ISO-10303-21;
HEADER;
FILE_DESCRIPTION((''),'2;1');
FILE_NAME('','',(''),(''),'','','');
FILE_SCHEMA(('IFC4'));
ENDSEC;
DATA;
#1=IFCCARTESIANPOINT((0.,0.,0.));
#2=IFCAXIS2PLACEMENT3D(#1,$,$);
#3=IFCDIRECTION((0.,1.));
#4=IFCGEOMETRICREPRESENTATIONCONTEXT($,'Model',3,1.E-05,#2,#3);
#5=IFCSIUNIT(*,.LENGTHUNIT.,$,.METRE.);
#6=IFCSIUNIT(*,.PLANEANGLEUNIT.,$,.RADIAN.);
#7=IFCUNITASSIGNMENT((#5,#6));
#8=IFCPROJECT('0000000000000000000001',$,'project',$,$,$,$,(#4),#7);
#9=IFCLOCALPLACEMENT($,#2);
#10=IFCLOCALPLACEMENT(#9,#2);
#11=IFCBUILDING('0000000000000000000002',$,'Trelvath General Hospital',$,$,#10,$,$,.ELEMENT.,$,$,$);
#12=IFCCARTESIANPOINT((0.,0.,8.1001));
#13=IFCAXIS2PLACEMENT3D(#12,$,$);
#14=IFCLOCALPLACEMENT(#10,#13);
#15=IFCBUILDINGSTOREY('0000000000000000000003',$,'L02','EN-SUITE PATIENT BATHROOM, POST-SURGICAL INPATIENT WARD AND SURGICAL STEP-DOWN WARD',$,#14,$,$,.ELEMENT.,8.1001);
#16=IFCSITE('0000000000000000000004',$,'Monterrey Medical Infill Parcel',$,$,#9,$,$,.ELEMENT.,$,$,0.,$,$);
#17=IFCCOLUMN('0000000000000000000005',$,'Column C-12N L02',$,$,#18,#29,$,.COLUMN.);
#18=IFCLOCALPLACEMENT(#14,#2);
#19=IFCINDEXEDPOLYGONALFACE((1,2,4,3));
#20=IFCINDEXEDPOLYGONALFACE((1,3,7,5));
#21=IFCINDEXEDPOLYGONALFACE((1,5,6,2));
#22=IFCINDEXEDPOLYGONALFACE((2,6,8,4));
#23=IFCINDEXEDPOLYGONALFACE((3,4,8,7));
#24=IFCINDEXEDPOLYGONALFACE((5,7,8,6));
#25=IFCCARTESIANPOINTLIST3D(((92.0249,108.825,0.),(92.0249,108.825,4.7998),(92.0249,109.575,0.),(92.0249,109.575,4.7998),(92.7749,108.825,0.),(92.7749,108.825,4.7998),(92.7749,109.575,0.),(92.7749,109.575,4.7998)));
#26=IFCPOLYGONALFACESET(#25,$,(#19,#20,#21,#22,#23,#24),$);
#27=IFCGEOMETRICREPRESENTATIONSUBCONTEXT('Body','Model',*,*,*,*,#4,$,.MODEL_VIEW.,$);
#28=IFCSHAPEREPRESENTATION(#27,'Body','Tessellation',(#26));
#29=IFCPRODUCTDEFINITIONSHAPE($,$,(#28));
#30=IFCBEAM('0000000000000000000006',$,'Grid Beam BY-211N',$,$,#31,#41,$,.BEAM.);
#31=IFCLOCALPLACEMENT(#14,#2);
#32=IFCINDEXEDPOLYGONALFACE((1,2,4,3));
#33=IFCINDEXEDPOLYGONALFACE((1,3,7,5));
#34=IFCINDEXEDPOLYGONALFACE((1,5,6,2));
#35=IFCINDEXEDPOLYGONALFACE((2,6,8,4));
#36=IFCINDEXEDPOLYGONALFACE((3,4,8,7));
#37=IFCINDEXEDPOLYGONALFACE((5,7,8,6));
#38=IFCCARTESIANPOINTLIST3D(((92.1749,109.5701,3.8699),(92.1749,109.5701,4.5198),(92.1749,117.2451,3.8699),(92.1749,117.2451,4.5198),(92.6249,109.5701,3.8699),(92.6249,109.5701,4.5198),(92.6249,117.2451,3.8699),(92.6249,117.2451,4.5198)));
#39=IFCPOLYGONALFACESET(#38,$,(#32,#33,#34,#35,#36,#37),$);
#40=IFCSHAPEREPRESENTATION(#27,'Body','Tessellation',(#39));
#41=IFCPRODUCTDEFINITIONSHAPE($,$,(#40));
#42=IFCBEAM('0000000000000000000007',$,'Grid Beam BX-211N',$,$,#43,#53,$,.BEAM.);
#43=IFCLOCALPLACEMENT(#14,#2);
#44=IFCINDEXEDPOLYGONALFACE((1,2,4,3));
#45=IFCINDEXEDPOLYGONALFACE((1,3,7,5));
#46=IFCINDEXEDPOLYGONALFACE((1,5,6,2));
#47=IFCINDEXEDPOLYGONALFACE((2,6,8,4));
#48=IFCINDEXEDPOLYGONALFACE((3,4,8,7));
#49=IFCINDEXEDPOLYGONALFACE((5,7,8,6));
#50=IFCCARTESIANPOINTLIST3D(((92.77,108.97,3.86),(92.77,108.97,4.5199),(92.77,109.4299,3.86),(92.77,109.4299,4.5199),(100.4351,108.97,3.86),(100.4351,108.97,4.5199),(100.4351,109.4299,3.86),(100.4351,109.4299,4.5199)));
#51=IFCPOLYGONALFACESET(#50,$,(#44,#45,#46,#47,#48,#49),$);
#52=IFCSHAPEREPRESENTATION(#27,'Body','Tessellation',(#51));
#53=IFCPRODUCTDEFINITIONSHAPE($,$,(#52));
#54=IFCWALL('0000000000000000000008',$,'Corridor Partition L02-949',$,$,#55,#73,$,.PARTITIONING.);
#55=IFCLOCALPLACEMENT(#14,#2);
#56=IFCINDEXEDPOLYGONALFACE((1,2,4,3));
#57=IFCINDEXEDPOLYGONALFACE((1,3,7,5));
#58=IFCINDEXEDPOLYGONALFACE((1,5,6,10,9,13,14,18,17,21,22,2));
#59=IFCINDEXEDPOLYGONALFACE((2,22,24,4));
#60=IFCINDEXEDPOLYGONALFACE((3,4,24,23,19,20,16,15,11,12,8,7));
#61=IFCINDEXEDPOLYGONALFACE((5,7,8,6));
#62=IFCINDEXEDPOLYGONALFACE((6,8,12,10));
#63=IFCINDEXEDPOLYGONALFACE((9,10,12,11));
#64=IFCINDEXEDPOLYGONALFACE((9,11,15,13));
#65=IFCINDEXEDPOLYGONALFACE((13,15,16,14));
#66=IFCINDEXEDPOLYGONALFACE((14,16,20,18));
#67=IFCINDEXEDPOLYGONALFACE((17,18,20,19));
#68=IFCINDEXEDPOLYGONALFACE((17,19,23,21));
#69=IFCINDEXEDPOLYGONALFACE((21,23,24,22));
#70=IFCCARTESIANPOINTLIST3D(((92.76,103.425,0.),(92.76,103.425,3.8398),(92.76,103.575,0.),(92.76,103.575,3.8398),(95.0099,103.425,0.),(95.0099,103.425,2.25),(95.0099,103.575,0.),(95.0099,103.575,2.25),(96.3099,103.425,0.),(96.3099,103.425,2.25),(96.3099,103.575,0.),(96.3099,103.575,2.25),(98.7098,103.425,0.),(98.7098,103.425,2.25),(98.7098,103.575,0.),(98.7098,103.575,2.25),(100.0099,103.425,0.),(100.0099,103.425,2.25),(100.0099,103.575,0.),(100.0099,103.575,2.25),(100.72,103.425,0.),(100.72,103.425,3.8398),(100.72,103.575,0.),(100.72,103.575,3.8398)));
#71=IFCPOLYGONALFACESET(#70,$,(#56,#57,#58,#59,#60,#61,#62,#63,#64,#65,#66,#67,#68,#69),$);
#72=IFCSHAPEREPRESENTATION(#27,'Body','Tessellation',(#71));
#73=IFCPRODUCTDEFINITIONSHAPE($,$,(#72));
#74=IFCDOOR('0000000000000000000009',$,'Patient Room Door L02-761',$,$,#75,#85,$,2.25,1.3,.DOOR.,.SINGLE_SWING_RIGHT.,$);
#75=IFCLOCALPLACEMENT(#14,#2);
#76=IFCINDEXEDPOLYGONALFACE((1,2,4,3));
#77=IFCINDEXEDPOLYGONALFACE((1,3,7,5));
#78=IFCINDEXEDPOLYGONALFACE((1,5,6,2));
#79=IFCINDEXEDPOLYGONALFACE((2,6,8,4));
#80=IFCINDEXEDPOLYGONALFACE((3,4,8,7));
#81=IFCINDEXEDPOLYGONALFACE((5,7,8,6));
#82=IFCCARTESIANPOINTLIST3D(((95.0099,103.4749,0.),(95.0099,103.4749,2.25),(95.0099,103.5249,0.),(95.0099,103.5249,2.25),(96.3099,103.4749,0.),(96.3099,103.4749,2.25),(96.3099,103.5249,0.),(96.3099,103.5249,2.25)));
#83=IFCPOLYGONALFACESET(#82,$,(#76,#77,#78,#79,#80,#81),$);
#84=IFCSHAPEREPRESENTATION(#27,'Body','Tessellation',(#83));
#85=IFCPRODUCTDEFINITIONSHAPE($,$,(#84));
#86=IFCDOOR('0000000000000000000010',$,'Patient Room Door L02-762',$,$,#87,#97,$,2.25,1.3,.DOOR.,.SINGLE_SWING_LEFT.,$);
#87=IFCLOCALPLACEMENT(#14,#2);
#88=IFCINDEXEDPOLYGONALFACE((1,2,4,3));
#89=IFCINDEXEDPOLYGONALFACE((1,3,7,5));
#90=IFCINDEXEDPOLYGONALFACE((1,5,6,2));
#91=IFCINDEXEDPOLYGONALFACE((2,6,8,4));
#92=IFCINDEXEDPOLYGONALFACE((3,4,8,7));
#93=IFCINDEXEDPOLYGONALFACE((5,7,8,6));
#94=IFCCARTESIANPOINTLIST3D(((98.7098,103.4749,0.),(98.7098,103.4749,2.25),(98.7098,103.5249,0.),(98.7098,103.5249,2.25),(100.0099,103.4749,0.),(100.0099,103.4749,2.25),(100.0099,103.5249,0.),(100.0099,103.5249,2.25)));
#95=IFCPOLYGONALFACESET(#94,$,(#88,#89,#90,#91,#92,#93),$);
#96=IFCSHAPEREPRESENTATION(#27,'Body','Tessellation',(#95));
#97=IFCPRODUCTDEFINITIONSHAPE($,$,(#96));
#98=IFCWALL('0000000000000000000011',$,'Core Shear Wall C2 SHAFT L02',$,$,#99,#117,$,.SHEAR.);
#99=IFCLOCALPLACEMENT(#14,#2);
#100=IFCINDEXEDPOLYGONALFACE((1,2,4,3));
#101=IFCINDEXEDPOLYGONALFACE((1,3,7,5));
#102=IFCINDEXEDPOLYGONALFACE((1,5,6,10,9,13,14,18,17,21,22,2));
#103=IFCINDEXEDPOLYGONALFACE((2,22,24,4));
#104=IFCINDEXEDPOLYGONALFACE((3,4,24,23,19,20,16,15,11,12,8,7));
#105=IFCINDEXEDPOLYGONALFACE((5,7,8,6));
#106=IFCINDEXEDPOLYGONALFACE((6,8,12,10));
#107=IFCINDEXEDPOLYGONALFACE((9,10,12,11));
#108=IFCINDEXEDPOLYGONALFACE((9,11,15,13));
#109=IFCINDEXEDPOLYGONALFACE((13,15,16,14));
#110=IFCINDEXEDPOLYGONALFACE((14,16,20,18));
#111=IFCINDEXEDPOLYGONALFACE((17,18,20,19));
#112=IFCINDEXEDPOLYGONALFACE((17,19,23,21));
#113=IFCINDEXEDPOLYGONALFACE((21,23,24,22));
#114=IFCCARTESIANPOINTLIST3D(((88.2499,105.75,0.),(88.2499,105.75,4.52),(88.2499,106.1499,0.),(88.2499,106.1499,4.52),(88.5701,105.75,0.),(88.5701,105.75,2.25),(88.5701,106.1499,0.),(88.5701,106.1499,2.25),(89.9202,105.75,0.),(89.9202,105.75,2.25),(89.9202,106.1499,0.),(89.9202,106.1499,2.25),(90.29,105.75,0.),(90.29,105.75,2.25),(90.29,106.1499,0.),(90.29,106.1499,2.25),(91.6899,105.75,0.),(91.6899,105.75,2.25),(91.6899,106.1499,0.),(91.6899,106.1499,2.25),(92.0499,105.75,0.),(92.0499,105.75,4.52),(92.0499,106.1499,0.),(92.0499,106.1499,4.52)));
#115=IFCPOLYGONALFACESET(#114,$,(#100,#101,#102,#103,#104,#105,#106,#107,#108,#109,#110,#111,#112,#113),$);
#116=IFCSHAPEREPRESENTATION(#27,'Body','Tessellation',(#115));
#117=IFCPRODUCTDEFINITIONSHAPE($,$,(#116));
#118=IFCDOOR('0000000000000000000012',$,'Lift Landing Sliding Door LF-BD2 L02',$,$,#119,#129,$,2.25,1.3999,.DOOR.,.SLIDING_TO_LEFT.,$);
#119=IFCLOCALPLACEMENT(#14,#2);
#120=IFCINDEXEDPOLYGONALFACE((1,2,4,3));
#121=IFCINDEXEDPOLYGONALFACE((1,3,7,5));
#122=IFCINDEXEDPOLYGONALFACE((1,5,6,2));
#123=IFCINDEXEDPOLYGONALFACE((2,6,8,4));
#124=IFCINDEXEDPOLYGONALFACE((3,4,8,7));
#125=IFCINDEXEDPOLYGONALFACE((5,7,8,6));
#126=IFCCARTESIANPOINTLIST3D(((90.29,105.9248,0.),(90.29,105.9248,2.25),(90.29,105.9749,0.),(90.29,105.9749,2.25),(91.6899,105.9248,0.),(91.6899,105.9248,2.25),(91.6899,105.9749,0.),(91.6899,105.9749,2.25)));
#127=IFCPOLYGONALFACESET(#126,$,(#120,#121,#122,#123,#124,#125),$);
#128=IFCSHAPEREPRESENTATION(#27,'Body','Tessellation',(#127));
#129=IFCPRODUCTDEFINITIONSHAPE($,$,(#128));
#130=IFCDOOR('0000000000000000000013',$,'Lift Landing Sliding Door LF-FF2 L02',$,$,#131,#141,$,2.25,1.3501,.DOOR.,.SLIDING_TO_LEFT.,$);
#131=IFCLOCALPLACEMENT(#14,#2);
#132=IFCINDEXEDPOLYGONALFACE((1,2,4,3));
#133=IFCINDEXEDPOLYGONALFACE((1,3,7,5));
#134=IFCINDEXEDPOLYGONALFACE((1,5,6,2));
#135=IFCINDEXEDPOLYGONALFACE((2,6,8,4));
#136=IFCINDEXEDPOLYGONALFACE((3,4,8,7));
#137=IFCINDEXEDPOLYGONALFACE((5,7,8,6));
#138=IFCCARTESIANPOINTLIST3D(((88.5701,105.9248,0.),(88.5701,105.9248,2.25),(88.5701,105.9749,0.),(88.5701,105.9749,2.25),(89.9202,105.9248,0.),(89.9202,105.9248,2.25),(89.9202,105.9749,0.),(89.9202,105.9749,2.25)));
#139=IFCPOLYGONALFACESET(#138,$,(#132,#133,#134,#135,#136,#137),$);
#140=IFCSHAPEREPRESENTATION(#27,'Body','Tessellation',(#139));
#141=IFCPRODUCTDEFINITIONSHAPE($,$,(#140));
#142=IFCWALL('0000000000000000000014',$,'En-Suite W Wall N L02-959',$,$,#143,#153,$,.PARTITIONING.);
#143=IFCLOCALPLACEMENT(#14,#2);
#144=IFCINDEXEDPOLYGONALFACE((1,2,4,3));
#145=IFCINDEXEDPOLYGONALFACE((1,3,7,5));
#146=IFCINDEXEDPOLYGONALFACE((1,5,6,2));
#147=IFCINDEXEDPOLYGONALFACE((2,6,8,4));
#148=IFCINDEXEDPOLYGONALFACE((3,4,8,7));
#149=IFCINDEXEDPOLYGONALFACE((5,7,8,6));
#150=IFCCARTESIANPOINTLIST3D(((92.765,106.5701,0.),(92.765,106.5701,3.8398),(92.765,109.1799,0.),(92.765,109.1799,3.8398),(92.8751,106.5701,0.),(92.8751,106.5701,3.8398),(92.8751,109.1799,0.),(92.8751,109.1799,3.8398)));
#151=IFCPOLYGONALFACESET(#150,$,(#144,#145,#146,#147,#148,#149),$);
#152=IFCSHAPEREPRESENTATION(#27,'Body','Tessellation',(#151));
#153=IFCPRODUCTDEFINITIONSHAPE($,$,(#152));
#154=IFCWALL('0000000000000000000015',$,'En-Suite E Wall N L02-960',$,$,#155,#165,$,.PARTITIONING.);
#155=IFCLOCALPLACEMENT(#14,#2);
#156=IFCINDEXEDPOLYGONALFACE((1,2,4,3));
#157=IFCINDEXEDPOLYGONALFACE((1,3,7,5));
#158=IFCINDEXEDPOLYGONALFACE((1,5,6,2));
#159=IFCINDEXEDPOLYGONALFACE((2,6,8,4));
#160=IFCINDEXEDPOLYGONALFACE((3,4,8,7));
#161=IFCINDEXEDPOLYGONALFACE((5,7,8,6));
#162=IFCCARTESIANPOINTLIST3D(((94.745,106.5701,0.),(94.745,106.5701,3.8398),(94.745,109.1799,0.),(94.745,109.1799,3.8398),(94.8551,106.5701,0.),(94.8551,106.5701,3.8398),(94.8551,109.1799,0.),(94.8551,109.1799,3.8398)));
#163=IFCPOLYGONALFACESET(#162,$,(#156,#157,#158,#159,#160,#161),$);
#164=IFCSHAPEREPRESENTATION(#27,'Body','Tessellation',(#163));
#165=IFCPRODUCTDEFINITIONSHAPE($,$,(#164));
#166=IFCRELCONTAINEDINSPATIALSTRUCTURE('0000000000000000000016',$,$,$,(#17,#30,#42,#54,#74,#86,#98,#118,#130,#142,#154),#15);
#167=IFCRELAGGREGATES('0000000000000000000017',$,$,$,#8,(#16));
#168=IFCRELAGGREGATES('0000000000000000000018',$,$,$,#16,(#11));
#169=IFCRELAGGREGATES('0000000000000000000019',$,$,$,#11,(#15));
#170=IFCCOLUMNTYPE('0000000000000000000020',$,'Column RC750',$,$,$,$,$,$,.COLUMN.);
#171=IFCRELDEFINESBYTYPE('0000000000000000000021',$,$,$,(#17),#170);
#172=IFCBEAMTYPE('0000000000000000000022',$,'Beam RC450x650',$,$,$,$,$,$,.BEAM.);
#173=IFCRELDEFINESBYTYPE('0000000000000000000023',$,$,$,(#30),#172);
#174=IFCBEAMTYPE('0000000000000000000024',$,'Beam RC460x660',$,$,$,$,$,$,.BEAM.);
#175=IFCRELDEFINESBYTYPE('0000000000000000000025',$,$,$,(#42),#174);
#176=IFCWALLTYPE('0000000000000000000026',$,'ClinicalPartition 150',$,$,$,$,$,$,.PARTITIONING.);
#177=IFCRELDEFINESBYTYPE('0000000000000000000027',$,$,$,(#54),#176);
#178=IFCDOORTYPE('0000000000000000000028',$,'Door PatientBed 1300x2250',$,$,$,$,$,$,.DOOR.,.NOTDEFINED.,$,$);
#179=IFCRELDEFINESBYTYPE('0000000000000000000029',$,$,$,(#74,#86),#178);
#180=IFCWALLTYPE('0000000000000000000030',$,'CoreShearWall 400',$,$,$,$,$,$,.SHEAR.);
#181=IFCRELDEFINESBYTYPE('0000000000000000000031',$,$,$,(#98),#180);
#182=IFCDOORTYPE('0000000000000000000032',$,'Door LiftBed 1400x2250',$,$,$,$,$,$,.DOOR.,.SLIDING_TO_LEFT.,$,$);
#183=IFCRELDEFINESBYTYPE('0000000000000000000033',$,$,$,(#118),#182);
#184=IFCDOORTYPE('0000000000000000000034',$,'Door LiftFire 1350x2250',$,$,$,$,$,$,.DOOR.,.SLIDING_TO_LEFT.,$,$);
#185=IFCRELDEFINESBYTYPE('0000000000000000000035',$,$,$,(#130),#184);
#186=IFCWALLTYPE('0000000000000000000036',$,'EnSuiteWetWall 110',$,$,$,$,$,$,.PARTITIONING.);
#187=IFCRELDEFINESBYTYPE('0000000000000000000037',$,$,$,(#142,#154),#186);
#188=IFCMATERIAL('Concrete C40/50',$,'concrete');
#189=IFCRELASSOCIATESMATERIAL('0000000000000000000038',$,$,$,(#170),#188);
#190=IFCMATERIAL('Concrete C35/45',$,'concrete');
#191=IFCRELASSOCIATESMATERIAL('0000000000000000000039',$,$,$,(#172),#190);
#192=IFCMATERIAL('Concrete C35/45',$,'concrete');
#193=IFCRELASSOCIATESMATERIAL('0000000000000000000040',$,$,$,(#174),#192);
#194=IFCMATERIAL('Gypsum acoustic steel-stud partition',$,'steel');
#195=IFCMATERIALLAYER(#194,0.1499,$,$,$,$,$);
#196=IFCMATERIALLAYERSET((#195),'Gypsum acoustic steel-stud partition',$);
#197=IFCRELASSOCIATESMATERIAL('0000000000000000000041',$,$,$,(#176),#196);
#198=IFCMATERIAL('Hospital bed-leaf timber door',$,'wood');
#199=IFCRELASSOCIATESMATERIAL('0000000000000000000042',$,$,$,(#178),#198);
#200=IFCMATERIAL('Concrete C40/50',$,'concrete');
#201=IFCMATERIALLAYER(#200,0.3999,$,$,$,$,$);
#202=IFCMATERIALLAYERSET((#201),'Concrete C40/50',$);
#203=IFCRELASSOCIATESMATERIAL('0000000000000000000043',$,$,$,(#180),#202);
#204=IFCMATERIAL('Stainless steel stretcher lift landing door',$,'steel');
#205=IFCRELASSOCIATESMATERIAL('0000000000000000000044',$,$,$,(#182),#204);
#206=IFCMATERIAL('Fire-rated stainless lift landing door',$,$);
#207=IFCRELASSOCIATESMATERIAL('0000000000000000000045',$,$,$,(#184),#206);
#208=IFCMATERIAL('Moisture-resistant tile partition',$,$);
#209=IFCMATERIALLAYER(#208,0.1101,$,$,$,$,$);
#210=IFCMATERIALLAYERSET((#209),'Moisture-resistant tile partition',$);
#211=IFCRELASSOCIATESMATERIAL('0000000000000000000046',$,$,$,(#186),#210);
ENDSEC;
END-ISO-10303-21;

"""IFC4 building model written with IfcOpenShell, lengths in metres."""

from ifc_helpers import new_model, si_unit, direction, frame, frame_2d, origin, origin_2d, place, context, subcontext, project, spatial, rectangle, extrude, material, layer, layer_set, material_profile, profile_set, type_object, element, fill, save


model = new_model("IFC4")

# Units and contexts
model_context = context("Model", 3, precision=1e-05, world=origin(), true_north=direction((0.0, 1.0)))
body_context = subcontext(model_context, "Body", "Model", "MODEL_VIEW")
ifc_project = project(units=[si_unit("LENGTHUNIT", "METRE"), si_unit("PLANEANGLEUNIT", "RADIAN")], contexts=[model_context])

# Site, building, storey
site_placement = place(None, origin())
site = spatial("IfcSite", under=ifc_project, at=site_placement, Name="Monterrey Medical Infill Parcel", CompositionType="ELEMENT", RefElevation=0.0)
building_placement = place(site_placement, origin())
building = spatial("IfcBuilding", under=site, at=building_placement, Name="Trelvath General Hospital", CompositionType="ELEMENT")
storey_placement = place(building_placement, frame((0.0, 0.0, 8.1001)))
storey = spatial("IfcBuildingStorey", under=building, at=storey_placement, Name="L02", Description="EN-SUITE PATIENT BATHROOM, POST-SURGICAL INPATIENT WARD AND SURGICAL STEP-DOWN WARD", CompositionType="ELEMENT", Elevation=8.1001)

# Column
ifc_material_1 = material(Name="Concrete C40/50", Category="concrete")
ifc_material_profile_1 = material_profile(ifc_material_1, rectangle(XDim=0.75, YDim=0.75, at=origin_2d()), Name="RC750x750")
ifc_profile_set_1 = profile_set([ifc_material_profile_1], Name="Concrete C40/50")
column_type = type_object("IfcColumnType", Name="Column RC750", PredefinedType="COLUMN", material=ifc_profile_set_1)
column_placement = place(storey_placement, frame((92.3999, 109.2, 0.0), z_axis=(0.0, 0.0, 1.0), x_axis=(1.0, 0.0, 0.0)))
element("IfcColumn", 1, at=column_placement, inside=storey, type_object=column_type, Name="Column C-12N L02", PredefinedType="COLUMN", context=body_context, shape_type="SweptSolid", body=[
    extrude(rectangle(XDim=0.75, YDim=0.75, at=origin_2d()), origin(), (0.0, 0.0, 1.0), 4.7998),
])

# Beams
ifc_material_2 = material(Name="Concrete C35/45", Category="concrete")
ifc_material_profile_2 = material_profile(ifc_material_2, rectangle(XDim=0.45, YDim=0.6499, at=origin_2d()), Name="RCB450x650")
ifc_profile_set_2 = profile_set([ifc_material_profile_2], Name="Concrete C35/45")
beam_type_1 = type_object("IfcBeamType", Name="Beam RC450x650", PredefinedType="BEAM", material=ifc_profile_set_2)
beam_1_placement = place(storey_placement, frame((92.3999, 109.5701, 4.1948), z_axis=(0.0, 1.0, 0.0), x_axis=(-1.0, 0.0, 0.0)))
element("IfcBeam", 2, at=beam_1_placement, inside=storey, type_object=beam_type_1, Name="Grid Beam BY-211N", PredefinedType="BEAM", context=body_context, shape_type="SweptSolid", body=[
    extrude(rectangle(XDim=0.45, YDim=0.6499, at=origin_2d()), origin(), (0.0, 0.0, 1.0), 7.675),
])
ifc_material_3 = material(Name="Concrete C35/45", Category="concrete")
ifc_material_profile_3 = material_profile(ifc_material_3, rectangle(XDim=0.46, YDim=0.6599, at=origin_2d()), Name="RCB460x660")
ifc_profile_set_3 = profile_set([ifc_material_profile_3], Name="Concrete C35/45")
beam_type_2 = type_object("IfcBeamType", Name="Beam RC460x660", PredefinedType="BEAM", material=ifc_profile_set_3)
beam_2_placement = place(storey_placement, frame((92.77, 109.2, 4.1899), z_axis=(1.0, 0.0, 0.0), x_axis=(0.0, 1.0, 0.0)))
element("IfcBeam", 3, at=beam_2_placement, inside=storey, type_object=beam_type_2, Name="Grid Beam BX-211N", PredefinedType="BEAM", context=body_context, shape_type="SweptSolid", body=[
    extrude(rectangle(XDim=0.46, YDim=0.6599, at=origin_2d()), origin(), (0.0, 0.0, 1.0), 7.665),
])

# Walls, openings, doors
ifc_material_4 = material(Name="Gypsum acoustic steel-stud partition", Category="steel")
ifc_layer_1 = layer(ifc_material_4, 0.1499)
ifc_layer_set_1 = layer_set([ifc_layer_1], Name="Gypsum acoustic steel-stud partition")
wall_type_1 = type_object("IfcWallType", Name="ClinicalPartition 150", PredefinedType="PARTITIONING", material=ifc_layer_set_1)
wall_1_placement = place(storey_placement, frame((92.76, 103.5, 0.0), z_axis=(0.0, 0.0, 1.0), x_axis=(1.0, 0.0, 0.0)))
wall_1 = element("IfcWall", 4, at=wall_1_placement, inside=storey, type_object=wall_type_1, Name="Corridor Partition L02-949", PredefinedType="PARTITIONING", context=body_context, shape_type="SweptSolid", body=[
    extrude(rectangle(XDim=7.96, YDim=0.1499, at=frame_2d((3.98, 0.0))), origin(), (0.0, 0.0, 1.0), 3.8398),
])
opening_1_placement = place(wall_1_placement, frame((2.25, 0.0, 0.0)))
opening_1 = element("IfcOpeningElement", 5, at=opening_1_placement, cuts=wall_1, PredefinedType="OPENING", context=body_context, shape_type="SweptSolid", body=[
    extrude(rectangle(XDim=1.3, YDim=2.25, at=frame_2d((0.6499, 1.125))), frame((0.0, 0.085, 0.0), z_axis=(0.0, -1.0, 0.0), x_axis=(1.0, 0.0, 0.0)), (0.0, 0.0, 1.0), 0.1699),
])
opening_2_placement = place(wall_1_placement, frame((5.95, 0.0, 0.0)))
opening_2 = element("IfcOpeningElement", 6, at=opening_2_placement, cuts=wall_1, PredefinedType="OPENING", context=body_context, shape_type="SweptSolid", body=[
    extrude(rectangle(XDim=1.3, YDim=2.25, at=frame_2d((0.6499, 1.125))), frame((0.0, 0.085, 0.0), z_axis=(0.0, -1.0, 0.0), x_axis=(1.0, 0.0, 0.0)), (0.0, 0.0, 1.0), 0.1699),
])
ifc_material_5 = material(Name="Hospital bed-leaf timber door", Category="wood")
door_type_1 = type_object("IfcDoorType", Name="Door PatientBed 1300x2250", OperationType="NOTDEFINED", PredefinedType="DOOR", material=ifc_material_5)
door_1_placement = place(opening_1_placement, origin())
door_1 = element("IfcDoor", 7, at=door_1_placement, inside=storey, type_object=door_type_1, Name="Patient Room Door L02-761", OperationType="SINGLE_SWING_RIGHT", OverallHeight=2.25, OverallWidth=1.3, PredefinedType="DOOR", context=body_context, shape_type="SweptSolid", body=[
    extrude(rectangle(XDim=1.3, YDim=2.25, at=frame_2d((0.6499, 1.125))), frame((0.0, 0.0249, 0.0), z_axis=(0.0, -1.0, 0.0), x_axis=(1.0, 0.0, 0.0)), (0.0, 0.0, 1.0), 0.05),
])
fill(opening_1, door_1)
door_2_placement = place(opening_2_placement, origin())
door_2 = element("IfcDoor", 8, at=door_2_placement, inside=storey, type_object=door_type_1, Name="Patient Room Door L02-762", OperationType="SINGLE_SWING_LEFT", OverallHeight=2.25, OverallWidth=1.3, PredefinedType="DOOR", context=body_context, shape_type="SweptSolid", body=[
    extrude(rectangle(XDim=1.3, YDim=2.25, at=frame_2d((0.6499, 1.125))), frame((0.0, 0.0249, 0.0), z_axis=(0.0, -1.0, 0.0), x_axis=(1.0, 0.0, 0.0)), (0.0, 0.0, 1.0), 0.05),
])
fill(opening_2, door_2)
ifc_material_6 = material(Name="Concrete C40/50", Category="concrete")
ifc_layer_2 = layer(ifc_material_6, 0.3999)
ifc_layer_set_2 = layer_set([ifc_layer_2], Name="Concrete C40/50")
wall_type_2 = type_object("IfcWallType", Name="CoreShearWall 400", PredefinedType="SHEAR", material=ifc_layer_set_2)
wall_2_placement = place(storey_placement, frame((88.25, 105.95, 0.0), z_axis=(0.0, 0.0, 1.0), x_axis=(1.0, 0.0, 0.0)))
wall_2 = element("IfcWall", 9, at=wall_2_placement, inside=storey, type_object=wall_type_2, Name="Core Shear Wall C2 SHAFT L02", PredefinedType="SHEAR", context=body_context, shape_type="SweptSolid", body=[
    extrude(rectangle(XDim=3.8, YDim=0.3999, at=frame_2d((1.8999, 0.0))), origin(), (0.0, 0.0, 1.0), 4.52),
])
opening_3_placement = place(wall_2_placement, frame((0.3201, 0.0, 0.0)))
opening_3 = element("IfcOpeningElement", 10, at=opening_3_placement, cuts=wall_2, PredefinedType="OPENING", context=body_context, shape_type="SweptSolid", body=[
    extrude(rectangle(XDim=1.3501, YDim=2.25, at=frame_2d((0.675, 1.125))), frame((0.0, 0.21, 0.0), z_axis=(0.0, -1.0, 0.0), x_axis=(1.0, 0.0, 0.0)), (0.0, 0.0, 1.0), 0.4199),
])
opening_4_placement = place(wall_2_placement, frame((2.04, 0.0, 0.0)))
opening_4 = element("IfcOpeningElement", 11, at=opening_4_placement, cuts=wall_2, PredefinedType="OPENING", context=body_context, shape_type="SweptSolid", body=[
    extrude(rectangle(XDim=1.3999, YDim=2.25, at=frame_2d((0.7, 1.125))), frame((0.0, 0.21, 0.0), z_axis=(0.0, -1.0, 0.0), x_axis=(1.0, 0.0, 0.0)), (0.0, 0.0, 1.0), 0.4199),
])
ifc_material_7 = material(Name="Stainless steel stretcher lift landing door", Category="steel")
door_type_2 = type_object("IfcDoorType", Name="Door LiftBed 1400x2250", OperationType="SLIDING_TO_LEFT", PredefinedType="DOOR", material=ifc_material_7)
door_3_placement = place(opening_4_placement, origin())
door_3 = element("IfcDoor", 12, at=door_3_placement, inside=storey, type_object=door_type_2, Name="Lift Landing Sliding Door LF-BD2 L02", OperationType="SLIDING_TO_LEFT", OverallHeight=2.25, OverallWidth=1.3999, PredefinedType="DOOR", context=body_context, shape_type="SweptSolid", body=[
    extrude(rectangle(XDim=1.3999, YDim=2.25, at=frame_2d((0.7, 1.125))), frame((0.0, 0.0249, 0.0), z_axis=(0.0, -1.0, 0.0), x_axis=(1.0, 0.0, 0.0)), (0.0, 0.0, 1.0), 0.05),
])
fill(opening_4, door_3)
ifc_material_8 = material(Name="Fire-rated stainless lift landing door")
door_type_3 = type_object("IfcDoorType", Name="Door LiftFire 1350x2250", OperationType="SLIDING_TO_LEFT", PredefinedType="DOOR", material=ifc_material_8)
door_4_placement = place(opening_3_placement, origin())
door_4 = element("IfcDoor", 13, at=door_4_placement, inside=storey, type_object=door_type_3, Name="Lift Landing Sliding Door LF-FF2 L02", OperationType="SLIDING_TO_LEFT", OverallHeight=2.25, OverallWidth=1.3501, PredefinedType="DOOR", context=body_context, shape_type="SweptSolid", body=[
    extrude(rectangle(XDim=1.3501, YDim=2.25, at=frame_2d((0.675, 1.125))), frame((0.0, 0.0249, 0.0), z_axis=(0.0, -1.0, 0.0), x_axis=(1.0, 0.0, 0.0)), (0.0, 0.0, 1.0), 0.05),
])
fill(opening_3, door_4)

# Walls
ifc_material_9 = material(Name="Moisture-resistant tile partition")
ifc_layer_3 = layer(ifc_material_9, 0.1101)
ifc_layer_set_3 = layer_set([ifc_layer_3], Name="Moisture-resistant tile partition")
wall_type_3 = type_object("IfcWallType", Name="EnSuiteWetWall 110", PredefinedType="PARTITIONING", material=ifc_layer_set_3)
for number, where, z_axis, x_axis, name in (
    (14, (92.8201, 106.5701, 0.0), (0.0, 0.0, 1.0), (0.0, 1.0, 0.0), "En-Suite W Wall N L02-959"),
    (15, (94.8, 106.5701, 0.0), (0.0, 0.0, 1.0), (0.0, 1.0, 0.0), "En-Suite E Wall N L02-960"),
):
    element("IfcWall", number, at=place(storey_placement, frame(where, z_axis=z_axis, x_axis=x_axis)), inside=storey, type_object=wall_type_3, Name=name, PredefinedType="PARTITIONING", context=body_context, shape_type="SweptSolid", body=[
        extrude(rectangle(XDim=2.6099, YDim=0.1101, at=frame_2d((1.3049, 0.0))), origin(), (0.0, 0.0, 1.0), 3.8398),
    ])

save(model, "model.ifc")
